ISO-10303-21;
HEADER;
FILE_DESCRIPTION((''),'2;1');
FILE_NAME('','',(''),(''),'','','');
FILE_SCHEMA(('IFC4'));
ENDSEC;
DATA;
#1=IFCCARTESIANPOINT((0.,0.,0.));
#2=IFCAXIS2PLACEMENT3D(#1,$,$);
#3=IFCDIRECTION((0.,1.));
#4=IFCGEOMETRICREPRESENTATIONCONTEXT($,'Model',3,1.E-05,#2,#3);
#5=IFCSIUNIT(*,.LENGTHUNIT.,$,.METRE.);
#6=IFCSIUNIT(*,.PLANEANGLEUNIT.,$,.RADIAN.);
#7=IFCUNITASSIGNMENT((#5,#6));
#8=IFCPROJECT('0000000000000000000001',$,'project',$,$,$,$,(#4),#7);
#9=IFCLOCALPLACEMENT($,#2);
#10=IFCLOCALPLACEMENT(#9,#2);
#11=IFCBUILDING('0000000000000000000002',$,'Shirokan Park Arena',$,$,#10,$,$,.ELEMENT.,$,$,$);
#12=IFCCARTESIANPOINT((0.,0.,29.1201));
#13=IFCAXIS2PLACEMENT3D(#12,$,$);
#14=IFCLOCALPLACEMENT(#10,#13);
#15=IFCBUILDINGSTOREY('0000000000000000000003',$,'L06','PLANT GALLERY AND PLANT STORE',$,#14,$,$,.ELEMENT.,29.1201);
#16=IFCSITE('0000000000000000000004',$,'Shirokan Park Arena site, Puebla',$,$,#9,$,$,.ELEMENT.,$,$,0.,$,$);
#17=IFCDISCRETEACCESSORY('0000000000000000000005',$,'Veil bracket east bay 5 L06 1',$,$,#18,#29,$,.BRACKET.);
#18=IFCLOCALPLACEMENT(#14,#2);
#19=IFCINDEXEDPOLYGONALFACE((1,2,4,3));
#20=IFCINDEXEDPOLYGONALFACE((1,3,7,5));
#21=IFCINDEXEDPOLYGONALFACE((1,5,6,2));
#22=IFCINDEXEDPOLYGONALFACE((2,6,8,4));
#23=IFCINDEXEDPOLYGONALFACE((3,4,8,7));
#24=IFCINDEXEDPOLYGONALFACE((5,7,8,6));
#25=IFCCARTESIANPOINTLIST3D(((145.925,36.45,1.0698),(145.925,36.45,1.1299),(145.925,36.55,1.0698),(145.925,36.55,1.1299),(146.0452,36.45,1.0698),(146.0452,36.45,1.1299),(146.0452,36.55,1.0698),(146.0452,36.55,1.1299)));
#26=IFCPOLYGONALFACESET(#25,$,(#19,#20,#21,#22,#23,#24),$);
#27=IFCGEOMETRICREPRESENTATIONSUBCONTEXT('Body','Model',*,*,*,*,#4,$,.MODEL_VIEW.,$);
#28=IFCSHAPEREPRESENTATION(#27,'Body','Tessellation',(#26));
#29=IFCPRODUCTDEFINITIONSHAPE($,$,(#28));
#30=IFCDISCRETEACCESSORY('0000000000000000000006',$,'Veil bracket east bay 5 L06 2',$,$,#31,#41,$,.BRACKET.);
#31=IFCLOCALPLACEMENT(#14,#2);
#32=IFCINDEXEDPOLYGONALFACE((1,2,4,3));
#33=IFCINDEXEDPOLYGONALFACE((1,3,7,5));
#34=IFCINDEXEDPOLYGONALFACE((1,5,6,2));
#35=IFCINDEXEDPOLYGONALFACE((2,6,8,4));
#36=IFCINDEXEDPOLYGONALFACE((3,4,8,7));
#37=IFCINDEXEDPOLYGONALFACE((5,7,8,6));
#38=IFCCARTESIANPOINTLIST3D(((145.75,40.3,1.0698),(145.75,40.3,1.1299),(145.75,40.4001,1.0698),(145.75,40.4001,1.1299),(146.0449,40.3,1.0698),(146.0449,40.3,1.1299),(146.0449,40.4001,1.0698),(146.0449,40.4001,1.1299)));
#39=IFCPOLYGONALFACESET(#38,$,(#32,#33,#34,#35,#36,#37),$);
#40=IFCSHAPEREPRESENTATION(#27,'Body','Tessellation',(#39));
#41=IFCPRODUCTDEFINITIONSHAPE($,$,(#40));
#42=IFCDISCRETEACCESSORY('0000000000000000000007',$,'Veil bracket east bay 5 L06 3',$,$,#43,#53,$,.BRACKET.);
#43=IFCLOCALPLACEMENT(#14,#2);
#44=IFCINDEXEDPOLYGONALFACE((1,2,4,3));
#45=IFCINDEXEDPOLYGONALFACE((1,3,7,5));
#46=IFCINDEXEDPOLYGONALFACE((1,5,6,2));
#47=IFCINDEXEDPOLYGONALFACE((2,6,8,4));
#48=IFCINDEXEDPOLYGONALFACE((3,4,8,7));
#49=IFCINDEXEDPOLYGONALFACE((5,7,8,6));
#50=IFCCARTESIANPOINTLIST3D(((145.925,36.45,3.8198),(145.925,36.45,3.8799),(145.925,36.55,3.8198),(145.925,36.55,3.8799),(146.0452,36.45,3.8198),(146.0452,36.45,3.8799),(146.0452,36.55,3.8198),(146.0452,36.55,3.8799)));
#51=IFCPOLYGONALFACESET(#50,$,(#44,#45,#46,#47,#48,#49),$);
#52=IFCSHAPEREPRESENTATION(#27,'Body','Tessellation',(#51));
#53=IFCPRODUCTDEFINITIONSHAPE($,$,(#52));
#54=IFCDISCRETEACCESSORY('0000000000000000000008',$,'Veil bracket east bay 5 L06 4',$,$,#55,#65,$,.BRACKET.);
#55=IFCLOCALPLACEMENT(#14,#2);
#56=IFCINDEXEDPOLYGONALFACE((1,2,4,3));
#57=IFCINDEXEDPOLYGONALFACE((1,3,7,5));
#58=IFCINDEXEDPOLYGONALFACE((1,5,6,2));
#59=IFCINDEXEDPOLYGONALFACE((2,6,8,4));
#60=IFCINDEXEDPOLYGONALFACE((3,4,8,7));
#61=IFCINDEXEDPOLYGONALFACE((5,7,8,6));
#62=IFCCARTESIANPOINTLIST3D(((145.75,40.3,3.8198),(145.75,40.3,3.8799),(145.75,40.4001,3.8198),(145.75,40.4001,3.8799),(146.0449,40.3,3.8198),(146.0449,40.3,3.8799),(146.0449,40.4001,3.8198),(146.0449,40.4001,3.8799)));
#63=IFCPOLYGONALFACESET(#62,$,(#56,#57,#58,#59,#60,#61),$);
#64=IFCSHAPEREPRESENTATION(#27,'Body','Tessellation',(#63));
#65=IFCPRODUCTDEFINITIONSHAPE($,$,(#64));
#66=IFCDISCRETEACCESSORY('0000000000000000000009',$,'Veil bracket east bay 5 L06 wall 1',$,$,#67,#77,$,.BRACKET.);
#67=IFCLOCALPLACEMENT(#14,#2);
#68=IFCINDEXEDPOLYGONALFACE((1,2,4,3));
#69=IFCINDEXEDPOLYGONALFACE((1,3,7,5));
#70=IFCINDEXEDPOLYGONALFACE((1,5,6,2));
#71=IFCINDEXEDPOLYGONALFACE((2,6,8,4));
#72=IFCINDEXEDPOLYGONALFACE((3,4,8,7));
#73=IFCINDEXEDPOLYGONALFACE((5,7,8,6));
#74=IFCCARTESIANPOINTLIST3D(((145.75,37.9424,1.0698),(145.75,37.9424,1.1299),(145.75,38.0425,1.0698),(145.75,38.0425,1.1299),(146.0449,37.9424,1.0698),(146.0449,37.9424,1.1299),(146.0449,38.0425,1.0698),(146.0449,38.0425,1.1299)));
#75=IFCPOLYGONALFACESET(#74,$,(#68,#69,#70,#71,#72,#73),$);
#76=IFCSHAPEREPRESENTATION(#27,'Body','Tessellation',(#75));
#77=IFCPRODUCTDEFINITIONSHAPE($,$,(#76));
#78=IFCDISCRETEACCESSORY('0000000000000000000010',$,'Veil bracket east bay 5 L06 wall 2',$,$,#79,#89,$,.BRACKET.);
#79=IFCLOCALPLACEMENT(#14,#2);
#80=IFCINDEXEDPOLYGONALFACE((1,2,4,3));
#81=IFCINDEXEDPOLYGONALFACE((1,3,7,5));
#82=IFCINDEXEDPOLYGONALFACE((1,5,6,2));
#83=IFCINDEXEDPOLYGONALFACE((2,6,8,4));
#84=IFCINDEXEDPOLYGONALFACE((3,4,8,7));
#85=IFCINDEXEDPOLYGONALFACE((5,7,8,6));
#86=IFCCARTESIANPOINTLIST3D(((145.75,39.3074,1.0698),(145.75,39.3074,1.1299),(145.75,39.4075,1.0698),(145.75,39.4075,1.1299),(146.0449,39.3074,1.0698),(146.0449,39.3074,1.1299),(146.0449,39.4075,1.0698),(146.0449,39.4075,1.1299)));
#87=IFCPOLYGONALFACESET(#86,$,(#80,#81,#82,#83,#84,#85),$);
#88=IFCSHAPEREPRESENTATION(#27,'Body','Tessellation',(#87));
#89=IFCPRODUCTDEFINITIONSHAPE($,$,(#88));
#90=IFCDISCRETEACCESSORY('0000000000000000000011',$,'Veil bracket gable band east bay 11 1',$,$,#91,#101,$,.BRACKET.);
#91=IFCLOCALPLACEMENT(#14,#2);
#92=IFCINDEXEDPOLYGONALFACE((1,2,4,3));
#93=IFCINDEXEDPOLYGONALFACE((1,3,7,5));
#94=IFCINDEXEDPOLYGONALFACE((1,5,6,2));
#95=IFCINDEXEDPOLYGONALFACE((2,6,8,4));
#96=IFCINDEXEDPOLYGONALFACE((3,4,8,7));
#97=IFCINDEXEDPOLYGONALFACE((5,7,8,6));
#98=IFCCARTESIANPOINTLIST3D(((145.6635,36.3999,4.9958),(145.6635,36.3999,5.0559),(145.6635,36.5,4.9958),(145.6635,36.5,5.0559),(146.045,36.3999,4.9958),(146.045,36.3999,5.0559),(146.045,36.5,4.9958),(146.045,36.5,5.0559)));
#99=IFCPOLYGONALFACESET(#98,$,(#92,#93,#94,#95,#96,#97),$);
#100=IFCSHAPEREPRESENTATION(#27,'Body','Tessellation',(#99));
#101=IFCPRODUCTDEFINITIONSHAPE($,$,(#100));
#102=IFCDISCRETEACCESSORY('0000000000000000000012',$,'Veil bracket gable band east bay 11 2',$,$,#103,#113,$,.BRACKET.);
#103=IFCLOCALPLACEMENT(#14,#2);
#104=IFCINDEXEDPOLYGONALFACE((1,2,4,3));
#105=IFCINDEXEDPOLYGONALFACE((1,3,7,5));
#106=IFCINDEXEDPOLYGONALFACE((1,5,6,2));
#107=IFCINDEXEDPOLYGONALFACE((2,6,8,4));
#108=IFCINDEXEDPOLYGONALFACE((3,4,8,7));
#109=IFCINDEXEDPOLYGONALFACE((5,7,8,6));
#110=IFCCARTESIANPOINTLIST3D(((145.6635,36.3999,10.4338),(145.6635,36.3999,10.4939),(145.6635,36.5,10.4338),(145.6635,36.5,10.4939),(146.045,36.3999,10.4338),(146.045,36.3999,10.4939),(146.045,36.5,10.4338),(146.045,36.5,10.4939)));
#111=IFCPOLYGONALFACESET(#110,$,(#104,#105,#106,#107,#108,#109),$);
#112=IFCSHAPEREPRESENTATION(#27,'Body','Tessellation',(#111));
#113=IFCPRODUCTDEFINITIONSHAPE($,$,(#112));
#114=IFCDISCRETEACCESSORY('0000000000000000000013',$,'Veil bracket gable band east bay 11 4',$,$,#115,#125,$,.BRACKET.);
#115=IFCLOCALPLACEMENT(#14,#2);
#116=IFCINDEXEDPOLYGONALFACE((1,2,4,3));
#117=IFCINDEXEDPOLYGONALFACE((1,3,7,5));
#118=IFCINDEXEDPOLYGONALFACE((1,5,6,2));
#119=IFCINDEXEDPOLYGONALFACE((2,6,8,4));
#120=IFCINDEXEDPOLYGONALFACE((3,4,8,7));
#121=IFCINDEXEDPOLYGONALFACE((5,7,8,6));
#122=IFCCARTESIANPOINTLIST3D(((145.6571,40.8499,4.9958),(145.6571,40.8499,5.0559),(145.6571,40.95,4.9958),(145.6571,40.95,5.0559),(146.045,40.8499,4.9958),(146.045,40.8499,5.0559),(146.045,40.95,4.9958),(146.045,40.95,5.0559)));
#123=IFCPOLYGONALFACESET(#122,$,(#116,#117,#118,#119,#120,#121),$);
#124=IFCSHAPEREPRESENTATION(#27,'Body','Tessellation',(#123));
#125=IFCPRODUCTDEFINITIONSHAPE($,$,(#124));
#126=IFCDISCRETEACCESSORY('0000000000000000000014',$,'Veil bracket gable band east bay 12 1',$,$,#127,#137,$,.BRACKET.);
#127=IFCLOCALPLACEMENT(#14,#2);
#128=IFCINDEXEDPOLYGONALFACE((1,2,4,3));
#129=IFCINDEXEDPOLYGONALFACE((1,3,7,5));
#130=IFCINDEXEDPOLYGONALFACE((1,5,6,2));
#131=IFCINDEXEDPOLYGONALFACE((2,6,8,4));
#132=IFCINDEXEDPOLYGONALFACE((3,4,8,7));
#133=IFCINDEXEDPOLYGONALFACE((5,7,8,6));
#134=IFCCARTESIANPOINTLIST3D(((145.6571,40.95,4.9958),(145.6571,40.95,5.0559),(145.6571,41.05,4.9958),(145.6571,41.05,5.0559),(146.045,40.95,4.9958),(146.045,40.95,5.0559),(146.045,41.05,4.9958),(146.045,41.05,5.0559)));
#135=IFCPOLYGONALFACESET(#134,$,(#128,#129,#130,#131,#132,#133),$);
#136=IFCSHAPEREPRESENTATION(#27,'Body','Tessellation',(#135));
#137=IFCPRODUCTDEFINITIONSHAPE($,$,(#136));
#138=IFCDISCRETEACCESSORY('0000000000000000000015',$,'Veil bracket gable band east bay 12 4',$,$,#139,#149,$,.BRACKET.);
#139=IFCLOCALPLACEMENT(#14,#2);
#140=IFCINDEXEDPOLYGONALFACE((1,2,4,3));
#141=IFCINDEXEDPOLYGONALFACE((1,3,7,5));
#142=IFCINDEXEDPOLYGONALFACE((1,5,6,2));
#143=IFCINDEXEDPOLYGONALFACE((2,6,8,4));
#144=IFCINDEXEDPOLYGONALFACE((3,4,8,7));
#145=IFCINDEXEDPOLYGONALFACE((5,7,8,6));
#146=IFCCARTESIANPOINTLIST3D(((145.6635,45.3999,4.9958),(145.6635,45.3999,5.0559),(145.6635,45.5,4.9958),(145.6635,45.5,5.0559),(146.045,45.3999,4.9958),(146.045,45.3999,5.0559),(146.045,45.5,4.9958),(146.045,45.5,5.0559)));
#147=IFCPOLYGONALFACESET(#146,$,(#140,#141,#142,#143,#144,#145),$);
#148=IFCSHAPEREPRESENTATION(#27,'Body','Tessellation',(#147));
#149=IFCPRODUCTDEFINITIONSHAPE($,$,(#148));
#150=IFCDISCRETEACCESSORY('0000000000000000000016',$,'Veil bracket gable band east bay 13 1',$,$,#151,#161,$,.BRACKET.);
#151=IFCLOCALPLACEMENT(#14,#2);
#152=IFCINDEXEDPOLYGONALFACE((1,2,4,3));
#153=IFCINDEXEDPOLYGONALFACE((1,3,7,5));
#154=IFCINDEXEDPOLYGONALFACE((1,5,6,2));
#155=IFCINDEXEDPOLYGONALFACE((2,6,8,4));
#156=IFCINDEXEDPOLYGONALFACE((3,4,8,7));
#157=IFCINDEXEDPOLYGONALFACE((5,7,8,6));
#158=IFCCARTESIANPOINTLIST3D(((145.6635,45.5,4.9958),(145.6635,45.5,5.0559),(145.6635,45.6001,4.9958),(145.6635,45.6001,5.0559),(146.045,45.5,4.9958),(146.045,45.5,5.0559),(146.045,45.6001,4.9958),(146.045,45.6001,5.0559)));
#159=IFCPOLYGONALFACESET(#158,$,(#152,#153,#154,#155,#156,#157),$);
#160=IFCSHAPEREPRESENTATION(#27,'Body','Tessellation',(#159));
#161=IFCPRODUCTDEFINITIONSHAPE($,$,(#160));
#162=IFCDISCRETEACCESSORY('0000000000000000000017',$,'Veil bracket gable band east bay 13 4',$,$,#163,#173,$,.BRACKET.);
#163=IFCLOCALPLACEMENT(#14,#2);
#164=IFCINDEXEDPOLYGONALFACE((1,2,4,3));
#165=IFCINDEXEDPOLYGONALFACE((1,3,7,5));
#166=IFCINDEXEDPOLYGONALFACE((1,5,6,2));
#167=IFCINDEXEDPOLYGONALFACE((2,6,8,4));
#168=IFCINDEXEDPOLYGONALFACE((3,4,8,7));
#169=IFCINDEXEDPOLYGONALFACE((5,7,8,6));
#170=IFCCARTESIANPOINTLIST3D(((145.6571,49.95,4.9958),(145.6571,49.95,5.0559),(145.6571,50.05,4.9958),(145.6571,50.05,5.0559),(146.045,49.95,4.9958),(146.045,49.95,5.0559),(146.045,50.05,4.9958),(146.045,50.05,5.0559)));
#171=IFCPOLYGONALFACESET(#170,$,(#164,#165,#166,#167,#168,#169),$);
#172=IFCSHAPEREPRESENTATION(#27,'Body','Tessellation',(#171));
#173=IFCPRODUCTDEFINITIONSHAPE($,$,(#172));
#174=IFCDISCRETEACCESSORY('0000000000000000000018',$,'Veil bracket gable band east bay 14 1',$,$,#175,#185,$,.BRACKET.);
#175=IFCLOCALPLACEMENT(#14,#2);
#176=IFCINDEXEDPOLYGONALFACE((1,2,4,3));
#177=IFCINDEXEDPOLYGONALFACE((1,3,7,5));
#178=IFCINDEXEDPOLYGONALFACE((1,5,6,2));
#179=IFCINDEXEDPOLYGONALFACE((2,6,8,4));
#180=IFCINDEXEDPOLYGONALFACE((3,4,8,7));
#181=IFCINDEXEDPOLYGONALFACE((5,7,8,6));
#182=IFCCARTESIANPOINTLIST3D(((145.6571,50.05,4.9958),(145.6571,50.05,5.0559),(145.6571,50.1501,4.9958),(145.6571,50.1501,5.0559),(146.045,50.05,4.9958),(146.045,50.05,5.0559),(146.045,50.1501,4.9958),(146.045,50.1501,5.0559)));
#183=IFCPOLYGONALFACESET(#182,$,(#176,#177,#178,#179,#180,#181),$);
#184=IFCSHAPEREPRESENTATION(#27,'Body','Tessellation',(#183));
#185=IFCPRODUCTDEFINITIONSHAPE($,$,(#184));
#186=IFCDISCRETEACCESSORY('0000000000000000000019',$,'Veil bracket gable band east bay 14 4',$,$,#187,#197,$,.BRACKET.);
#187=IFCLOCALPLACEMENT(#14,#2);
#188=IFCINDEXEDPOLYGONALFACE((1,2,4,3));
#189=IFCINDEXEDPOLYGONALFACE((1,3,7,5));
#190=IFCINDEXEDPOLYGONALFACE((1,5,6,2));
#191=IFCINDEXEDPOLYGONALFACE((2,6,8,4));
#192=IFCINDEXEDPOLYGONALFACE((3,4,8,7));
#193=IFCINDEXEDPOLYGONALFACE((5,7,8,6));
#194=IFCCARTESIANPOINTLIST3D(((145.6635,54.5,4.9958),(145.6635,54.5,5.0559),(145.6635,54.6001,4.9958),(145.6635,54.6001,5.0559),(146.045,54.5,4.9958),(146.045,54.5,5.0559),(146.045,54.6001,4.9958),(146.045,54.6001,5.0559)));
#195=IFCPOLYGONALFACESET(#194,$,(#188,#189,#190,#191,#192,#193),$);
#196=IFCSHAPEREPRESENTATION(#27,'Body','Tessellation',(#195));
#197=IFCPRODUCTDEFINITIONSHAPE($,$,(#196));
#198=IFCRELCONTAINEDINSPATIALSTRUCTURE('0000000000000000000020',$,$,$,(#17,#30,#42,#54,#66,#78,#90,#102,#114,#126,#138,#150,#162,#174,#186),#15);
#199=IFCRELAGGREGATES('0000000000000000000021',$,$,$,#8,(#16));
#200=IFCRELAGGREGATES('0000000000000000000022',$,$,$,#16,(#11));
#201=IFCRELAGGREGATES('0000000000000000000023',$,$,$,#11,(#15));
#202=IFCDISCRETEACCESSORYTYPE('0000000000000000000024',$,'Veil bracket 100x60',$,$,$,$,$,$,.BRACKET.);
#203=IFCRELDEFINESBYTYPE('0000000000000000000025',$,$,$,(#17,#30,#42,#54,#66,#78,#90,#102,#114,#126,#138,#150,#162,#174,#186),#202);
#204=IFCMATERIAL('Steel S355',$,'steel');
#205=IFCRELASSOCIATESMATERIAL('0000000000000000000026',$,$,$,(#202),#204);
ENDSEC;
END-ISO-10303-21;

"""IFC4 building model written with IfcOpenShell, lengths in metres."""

from ifc_helpers import new_model, si_unit, direction, frame, origin, origin_2d, place, context, subcontext, project, spatial, rectangle, extrude, material, type_object, element, save


model = new_model("IFC4")

# Units and contexts
model_context = context("Model", 3, precision=1e-05, world=origin(), true_north=direction((0.0, 1.0)))
body_context = subcontext(model_context, "Body", "Model", "MODEL_VIEW")
ifc_project = project(units=[si_unit("LENGTHUNIT", "METRE"), si_unit("PLANEANGLEUNIT", "RADIAN")], contexts=[model_context])

# Site, building, storey
site_placement = place(None, origin())
site = spatial("IfcSite", under=ifc_project, at=site_placement, Name="Shirokan Park Arena site, Puebla", CompositionType="ELEMENT", RefElevation=0.0)
building_placement = place(site_placement, origin())
building = spatial("IfcBuilding", under=site, at=building_placement, Name="Shirokan Park Arena", CompositionType="ELEMENT")
storey_placement = place(building_placement, frame((0.0, 0.0, 29.1201)))
storey = spatial("IfcBuildingStorey", under=building, at=storey_placement, Name="L06", Description="PLANT GALLERY AND PLANT STORE", CompositionType="ELEMENT", Elevation=29.1201)

# Discrete accessories
ifc_material_1 = material(Name="Steel S355", Category="steel")
discrete_accessory_type = type_object("IfcDiscreteAccessoryType", Name="Veil bracket 100x60", PredefinedType="BRACKET", material=ifc_material_1)
discrete_accessory_1_placement = place(storey_placement, frame((145.9851, 36.5, 1.0698), z_axis=(0.0, 0.0, 1.0), x_axis=(0.0, 1.0, 0.0)))
element("IfcDiscreteAccessory", 1, at=discrete_accessory_1_placement, inside=storey, type_object=discrete_accessory_type, Name="Veil bracket east bay 5 L06 1", PredefinedType="BRACKET", context=body_context, shape_type="SweptSolid", body=[
    extrude(rectangle(XDim=0.1001, YDim=0.1201, at=origin_2d()), origin(), (0.0, 0.0, 1.0), 0.0601),
])
discrete_accessory_2_placement = place(storey_placement, frame((145.8975, 40.3501, 1.0698), z_axis=(0.0, 0.0, 1.0), x_axis=(0.0, 1.0, 0.0)))
element("IfcDiscreteAccessory", 2, at=discrete_accessory_2_placement, inside=storey, type_object=discrete_accessory_type, Name="Veil bracket east bay 5 L06 2", PredefinedType="BRACKET", context=body_context, shape_type="SweptSolid", body=[
    extrude(rectangle(XDim=0.1001, YDim=0.2949, at=origin_2d()), origin(), (0.0, 0.0, 1.0), 0.0601),
])
discrete_accessory_3_placement = place(storey_placement, frame((145.9851, 36.5, 3.8198), z_axis=(0.0, 0.0, 1.0), x_axis=(0.0, 1.0, 0.0)))
element("IfcDiscreteAccessory", 3, at=discrete_accessory_3_placement, inside=storey, type_object=discrete_accessory_type, Name="Veil bracket east bay 5 L06 3", PredefinedType="BRACKET", context=body_context, shape_type="SweptSolid", body=[
    extrude(rectangle(XDim=0.1001, YDim=0.1201, at=origin_2d()), origin(), (0.0, 0.0, 1.0), 0.0601),
])
for number, where, z_axis, x_axis, name in (
    (4, (145.8975, 40.3501, 3.8198), (0.0, 0.0, 1.0), (0.0, 1.0, 0.0), "Veil bracket east bay 5 L06 4"),
    (5, (145.8975, 37.9924, 1.0698), (0.0, 0.0, 1.0), (0.0, 1.0, 0.0), "Veil bracket east bay 5 L06 wall 1"),
    (6, (145.8975, 39.3574, 1.0698), (0.0, 0.0, 1.0), (0.0, 1.0, 0.0), "Veil bracket east bay 5 L06 wall 2"),
):
    element("IfcDiscreteAccessory", number, at=place(storey_placement, frame(where, z_axis=z_axis, x_axis=x_axis)), inside=storey, type_object=discrete_accessory_type, Name=name, PredefinedType="BRACKET", context=body_context, shape_type="SweptSolid", body=[
        extrude(rectangle(XDim=0.1001, YDim=0.2949, at=origin_2d()), origin(), (0.0, 0.0, 1.0), 0.0601),
    ])
for number, where, z_axis, x_axis, name in (
    (7, (145.8542, 36.45, 4.9958), (0.0, 0.0, 1.0), (1.0, 0.0, 0.0), "Veil bracket gable band east bay 11 1"),
    (8, (145.8542, 36.45, 10.4338), (0.0, 0.0, 1.0), (1.0, 0.0, 0.0), "Veil bracket gable band east bay 11 2"),
):
    element("IfcDiscreteAccessory", number, at=place(storey_placement, frame(where, z_axis=z_axis, x_axis=x_axis)), inside=storey, type_object=discrete_accessory_type, Name=name, PredefinedType="BRACKET", context=body_context, shape_type="SweptSolid", body=[
        extrude(rectangle(XDim=0.3816, YDim=0.1001, at=origin_2d()), origin(), (0.0, 0.0, 1.0), 0.0601),
    ])
for number, where, z_axis, x_axis, name in (
    (9, (145.8511, 40.8999, 4.9958), (0.0, 0.0, 1.0), (1.0, 0.0, 0.0), "Veil bracket gable band east bay 11 4"),
    (10, (145.8511, 41.0, 4.9958), (0.0, 0.0, 1.0), (1.0, 0.0, 0.0), "Veil bracket gable band east bay 12 1"),
):
    element("IfcDiscreteAccessory", number, at=place(storey_placement, frame(where, z_axis=z_axis, x_axis=x_axis)), inside=storey, type_object=discrete_accessory_type, Name=name, PredefinedType="BRACKET", context=body_context, shape_type="SweptSolid", body=[
        extrude(rectangle(XDim=0.3879, YDim=0.1001, at=origin_2d()), origin(), (0.0, 0.0, 1.0), 0.0601),
    ])
for number, where, z_axis, x_axis, name in (
    (11, (145.8542, 45.45, 4.9958), (0.0, 0.0, 1.0), (1.0, 0.0, 0.0), "Veil bracket gable band east bay 12 4"),
    (12, (145.8542, 45.55, 4.9958), (0.0, 0.0, 1.0), (1.0, 0.0, 0.0), "Veil bracket gable band east bay 13 1"),
):
    element("IfcDiscreteAccessory", number, at=place(storey_placement, frame(where, z_axis=z_axis, x_axis=x_axis)), inside=storey, type_object=discrete_accessory_type, Name=name, PredefinedType="BRACKET", context=body_context, shape_type="SweptSolid", body=[
        extrude(rectangle(XDim=0.3816, YDim=0.1001, at=origin_2d()), origin(), (0.0, 0.0, 1.0), 0.0601),
    ])
for number, where, z_axis, x_axis, name in (
    (13, (145.8511, 50.0, 4.9958), (0.0, 0.0, 1.0), (1.0, 0.0, 0.0), "Veil bracket gable band east bay 13 4"),
    (14, (145.8511, 50.1001, 4.9958), (0.0, 0.0, 1.0), (1.0, 0.0, 0.0), "Veil bracket gable band east bay 14 1"),
):
    element("IfcDiscreteAccessory", number, at=place(storey_placement, frame(where, z_axis=z_axis, x_axis=x_axis)), inside=storey, type_object=discrete_accessory_type, Name=name, PredefinedType="BRACKET", context=body_context, shape_type="SweptSolid", body=[
        extrude(rectangle(XDim=0.3879, YDim=0.1001, at=origin_2d()), origin(), (0.0, 0.0, 1.0), 0.0601),
    ])
discrete_accessory_4_placement = place(storey_placement, frame((145.8542, 54.55, 4.9958), z_axis=(0.0, 0.0, 1.0), x_axis=(1.0, 0.0, 0.0)))
element("IfcDiscreteAccessory", 15, at=discrete_accessory_4_placement, inside=storey, type_object=discrete_accessory_type, Name="Veil bracket gable band east bay 14 4", PredefinedType="BRACKET", context=body_context, shape_type="SweptSolid", body=[
    extrude(rectangle(XDim=0.3816, YDim=0.1001, at=origin_2d()), origin(), (0.0, 0.0, 1.0), 0.0601),
])

save(model, "model.ifc")
